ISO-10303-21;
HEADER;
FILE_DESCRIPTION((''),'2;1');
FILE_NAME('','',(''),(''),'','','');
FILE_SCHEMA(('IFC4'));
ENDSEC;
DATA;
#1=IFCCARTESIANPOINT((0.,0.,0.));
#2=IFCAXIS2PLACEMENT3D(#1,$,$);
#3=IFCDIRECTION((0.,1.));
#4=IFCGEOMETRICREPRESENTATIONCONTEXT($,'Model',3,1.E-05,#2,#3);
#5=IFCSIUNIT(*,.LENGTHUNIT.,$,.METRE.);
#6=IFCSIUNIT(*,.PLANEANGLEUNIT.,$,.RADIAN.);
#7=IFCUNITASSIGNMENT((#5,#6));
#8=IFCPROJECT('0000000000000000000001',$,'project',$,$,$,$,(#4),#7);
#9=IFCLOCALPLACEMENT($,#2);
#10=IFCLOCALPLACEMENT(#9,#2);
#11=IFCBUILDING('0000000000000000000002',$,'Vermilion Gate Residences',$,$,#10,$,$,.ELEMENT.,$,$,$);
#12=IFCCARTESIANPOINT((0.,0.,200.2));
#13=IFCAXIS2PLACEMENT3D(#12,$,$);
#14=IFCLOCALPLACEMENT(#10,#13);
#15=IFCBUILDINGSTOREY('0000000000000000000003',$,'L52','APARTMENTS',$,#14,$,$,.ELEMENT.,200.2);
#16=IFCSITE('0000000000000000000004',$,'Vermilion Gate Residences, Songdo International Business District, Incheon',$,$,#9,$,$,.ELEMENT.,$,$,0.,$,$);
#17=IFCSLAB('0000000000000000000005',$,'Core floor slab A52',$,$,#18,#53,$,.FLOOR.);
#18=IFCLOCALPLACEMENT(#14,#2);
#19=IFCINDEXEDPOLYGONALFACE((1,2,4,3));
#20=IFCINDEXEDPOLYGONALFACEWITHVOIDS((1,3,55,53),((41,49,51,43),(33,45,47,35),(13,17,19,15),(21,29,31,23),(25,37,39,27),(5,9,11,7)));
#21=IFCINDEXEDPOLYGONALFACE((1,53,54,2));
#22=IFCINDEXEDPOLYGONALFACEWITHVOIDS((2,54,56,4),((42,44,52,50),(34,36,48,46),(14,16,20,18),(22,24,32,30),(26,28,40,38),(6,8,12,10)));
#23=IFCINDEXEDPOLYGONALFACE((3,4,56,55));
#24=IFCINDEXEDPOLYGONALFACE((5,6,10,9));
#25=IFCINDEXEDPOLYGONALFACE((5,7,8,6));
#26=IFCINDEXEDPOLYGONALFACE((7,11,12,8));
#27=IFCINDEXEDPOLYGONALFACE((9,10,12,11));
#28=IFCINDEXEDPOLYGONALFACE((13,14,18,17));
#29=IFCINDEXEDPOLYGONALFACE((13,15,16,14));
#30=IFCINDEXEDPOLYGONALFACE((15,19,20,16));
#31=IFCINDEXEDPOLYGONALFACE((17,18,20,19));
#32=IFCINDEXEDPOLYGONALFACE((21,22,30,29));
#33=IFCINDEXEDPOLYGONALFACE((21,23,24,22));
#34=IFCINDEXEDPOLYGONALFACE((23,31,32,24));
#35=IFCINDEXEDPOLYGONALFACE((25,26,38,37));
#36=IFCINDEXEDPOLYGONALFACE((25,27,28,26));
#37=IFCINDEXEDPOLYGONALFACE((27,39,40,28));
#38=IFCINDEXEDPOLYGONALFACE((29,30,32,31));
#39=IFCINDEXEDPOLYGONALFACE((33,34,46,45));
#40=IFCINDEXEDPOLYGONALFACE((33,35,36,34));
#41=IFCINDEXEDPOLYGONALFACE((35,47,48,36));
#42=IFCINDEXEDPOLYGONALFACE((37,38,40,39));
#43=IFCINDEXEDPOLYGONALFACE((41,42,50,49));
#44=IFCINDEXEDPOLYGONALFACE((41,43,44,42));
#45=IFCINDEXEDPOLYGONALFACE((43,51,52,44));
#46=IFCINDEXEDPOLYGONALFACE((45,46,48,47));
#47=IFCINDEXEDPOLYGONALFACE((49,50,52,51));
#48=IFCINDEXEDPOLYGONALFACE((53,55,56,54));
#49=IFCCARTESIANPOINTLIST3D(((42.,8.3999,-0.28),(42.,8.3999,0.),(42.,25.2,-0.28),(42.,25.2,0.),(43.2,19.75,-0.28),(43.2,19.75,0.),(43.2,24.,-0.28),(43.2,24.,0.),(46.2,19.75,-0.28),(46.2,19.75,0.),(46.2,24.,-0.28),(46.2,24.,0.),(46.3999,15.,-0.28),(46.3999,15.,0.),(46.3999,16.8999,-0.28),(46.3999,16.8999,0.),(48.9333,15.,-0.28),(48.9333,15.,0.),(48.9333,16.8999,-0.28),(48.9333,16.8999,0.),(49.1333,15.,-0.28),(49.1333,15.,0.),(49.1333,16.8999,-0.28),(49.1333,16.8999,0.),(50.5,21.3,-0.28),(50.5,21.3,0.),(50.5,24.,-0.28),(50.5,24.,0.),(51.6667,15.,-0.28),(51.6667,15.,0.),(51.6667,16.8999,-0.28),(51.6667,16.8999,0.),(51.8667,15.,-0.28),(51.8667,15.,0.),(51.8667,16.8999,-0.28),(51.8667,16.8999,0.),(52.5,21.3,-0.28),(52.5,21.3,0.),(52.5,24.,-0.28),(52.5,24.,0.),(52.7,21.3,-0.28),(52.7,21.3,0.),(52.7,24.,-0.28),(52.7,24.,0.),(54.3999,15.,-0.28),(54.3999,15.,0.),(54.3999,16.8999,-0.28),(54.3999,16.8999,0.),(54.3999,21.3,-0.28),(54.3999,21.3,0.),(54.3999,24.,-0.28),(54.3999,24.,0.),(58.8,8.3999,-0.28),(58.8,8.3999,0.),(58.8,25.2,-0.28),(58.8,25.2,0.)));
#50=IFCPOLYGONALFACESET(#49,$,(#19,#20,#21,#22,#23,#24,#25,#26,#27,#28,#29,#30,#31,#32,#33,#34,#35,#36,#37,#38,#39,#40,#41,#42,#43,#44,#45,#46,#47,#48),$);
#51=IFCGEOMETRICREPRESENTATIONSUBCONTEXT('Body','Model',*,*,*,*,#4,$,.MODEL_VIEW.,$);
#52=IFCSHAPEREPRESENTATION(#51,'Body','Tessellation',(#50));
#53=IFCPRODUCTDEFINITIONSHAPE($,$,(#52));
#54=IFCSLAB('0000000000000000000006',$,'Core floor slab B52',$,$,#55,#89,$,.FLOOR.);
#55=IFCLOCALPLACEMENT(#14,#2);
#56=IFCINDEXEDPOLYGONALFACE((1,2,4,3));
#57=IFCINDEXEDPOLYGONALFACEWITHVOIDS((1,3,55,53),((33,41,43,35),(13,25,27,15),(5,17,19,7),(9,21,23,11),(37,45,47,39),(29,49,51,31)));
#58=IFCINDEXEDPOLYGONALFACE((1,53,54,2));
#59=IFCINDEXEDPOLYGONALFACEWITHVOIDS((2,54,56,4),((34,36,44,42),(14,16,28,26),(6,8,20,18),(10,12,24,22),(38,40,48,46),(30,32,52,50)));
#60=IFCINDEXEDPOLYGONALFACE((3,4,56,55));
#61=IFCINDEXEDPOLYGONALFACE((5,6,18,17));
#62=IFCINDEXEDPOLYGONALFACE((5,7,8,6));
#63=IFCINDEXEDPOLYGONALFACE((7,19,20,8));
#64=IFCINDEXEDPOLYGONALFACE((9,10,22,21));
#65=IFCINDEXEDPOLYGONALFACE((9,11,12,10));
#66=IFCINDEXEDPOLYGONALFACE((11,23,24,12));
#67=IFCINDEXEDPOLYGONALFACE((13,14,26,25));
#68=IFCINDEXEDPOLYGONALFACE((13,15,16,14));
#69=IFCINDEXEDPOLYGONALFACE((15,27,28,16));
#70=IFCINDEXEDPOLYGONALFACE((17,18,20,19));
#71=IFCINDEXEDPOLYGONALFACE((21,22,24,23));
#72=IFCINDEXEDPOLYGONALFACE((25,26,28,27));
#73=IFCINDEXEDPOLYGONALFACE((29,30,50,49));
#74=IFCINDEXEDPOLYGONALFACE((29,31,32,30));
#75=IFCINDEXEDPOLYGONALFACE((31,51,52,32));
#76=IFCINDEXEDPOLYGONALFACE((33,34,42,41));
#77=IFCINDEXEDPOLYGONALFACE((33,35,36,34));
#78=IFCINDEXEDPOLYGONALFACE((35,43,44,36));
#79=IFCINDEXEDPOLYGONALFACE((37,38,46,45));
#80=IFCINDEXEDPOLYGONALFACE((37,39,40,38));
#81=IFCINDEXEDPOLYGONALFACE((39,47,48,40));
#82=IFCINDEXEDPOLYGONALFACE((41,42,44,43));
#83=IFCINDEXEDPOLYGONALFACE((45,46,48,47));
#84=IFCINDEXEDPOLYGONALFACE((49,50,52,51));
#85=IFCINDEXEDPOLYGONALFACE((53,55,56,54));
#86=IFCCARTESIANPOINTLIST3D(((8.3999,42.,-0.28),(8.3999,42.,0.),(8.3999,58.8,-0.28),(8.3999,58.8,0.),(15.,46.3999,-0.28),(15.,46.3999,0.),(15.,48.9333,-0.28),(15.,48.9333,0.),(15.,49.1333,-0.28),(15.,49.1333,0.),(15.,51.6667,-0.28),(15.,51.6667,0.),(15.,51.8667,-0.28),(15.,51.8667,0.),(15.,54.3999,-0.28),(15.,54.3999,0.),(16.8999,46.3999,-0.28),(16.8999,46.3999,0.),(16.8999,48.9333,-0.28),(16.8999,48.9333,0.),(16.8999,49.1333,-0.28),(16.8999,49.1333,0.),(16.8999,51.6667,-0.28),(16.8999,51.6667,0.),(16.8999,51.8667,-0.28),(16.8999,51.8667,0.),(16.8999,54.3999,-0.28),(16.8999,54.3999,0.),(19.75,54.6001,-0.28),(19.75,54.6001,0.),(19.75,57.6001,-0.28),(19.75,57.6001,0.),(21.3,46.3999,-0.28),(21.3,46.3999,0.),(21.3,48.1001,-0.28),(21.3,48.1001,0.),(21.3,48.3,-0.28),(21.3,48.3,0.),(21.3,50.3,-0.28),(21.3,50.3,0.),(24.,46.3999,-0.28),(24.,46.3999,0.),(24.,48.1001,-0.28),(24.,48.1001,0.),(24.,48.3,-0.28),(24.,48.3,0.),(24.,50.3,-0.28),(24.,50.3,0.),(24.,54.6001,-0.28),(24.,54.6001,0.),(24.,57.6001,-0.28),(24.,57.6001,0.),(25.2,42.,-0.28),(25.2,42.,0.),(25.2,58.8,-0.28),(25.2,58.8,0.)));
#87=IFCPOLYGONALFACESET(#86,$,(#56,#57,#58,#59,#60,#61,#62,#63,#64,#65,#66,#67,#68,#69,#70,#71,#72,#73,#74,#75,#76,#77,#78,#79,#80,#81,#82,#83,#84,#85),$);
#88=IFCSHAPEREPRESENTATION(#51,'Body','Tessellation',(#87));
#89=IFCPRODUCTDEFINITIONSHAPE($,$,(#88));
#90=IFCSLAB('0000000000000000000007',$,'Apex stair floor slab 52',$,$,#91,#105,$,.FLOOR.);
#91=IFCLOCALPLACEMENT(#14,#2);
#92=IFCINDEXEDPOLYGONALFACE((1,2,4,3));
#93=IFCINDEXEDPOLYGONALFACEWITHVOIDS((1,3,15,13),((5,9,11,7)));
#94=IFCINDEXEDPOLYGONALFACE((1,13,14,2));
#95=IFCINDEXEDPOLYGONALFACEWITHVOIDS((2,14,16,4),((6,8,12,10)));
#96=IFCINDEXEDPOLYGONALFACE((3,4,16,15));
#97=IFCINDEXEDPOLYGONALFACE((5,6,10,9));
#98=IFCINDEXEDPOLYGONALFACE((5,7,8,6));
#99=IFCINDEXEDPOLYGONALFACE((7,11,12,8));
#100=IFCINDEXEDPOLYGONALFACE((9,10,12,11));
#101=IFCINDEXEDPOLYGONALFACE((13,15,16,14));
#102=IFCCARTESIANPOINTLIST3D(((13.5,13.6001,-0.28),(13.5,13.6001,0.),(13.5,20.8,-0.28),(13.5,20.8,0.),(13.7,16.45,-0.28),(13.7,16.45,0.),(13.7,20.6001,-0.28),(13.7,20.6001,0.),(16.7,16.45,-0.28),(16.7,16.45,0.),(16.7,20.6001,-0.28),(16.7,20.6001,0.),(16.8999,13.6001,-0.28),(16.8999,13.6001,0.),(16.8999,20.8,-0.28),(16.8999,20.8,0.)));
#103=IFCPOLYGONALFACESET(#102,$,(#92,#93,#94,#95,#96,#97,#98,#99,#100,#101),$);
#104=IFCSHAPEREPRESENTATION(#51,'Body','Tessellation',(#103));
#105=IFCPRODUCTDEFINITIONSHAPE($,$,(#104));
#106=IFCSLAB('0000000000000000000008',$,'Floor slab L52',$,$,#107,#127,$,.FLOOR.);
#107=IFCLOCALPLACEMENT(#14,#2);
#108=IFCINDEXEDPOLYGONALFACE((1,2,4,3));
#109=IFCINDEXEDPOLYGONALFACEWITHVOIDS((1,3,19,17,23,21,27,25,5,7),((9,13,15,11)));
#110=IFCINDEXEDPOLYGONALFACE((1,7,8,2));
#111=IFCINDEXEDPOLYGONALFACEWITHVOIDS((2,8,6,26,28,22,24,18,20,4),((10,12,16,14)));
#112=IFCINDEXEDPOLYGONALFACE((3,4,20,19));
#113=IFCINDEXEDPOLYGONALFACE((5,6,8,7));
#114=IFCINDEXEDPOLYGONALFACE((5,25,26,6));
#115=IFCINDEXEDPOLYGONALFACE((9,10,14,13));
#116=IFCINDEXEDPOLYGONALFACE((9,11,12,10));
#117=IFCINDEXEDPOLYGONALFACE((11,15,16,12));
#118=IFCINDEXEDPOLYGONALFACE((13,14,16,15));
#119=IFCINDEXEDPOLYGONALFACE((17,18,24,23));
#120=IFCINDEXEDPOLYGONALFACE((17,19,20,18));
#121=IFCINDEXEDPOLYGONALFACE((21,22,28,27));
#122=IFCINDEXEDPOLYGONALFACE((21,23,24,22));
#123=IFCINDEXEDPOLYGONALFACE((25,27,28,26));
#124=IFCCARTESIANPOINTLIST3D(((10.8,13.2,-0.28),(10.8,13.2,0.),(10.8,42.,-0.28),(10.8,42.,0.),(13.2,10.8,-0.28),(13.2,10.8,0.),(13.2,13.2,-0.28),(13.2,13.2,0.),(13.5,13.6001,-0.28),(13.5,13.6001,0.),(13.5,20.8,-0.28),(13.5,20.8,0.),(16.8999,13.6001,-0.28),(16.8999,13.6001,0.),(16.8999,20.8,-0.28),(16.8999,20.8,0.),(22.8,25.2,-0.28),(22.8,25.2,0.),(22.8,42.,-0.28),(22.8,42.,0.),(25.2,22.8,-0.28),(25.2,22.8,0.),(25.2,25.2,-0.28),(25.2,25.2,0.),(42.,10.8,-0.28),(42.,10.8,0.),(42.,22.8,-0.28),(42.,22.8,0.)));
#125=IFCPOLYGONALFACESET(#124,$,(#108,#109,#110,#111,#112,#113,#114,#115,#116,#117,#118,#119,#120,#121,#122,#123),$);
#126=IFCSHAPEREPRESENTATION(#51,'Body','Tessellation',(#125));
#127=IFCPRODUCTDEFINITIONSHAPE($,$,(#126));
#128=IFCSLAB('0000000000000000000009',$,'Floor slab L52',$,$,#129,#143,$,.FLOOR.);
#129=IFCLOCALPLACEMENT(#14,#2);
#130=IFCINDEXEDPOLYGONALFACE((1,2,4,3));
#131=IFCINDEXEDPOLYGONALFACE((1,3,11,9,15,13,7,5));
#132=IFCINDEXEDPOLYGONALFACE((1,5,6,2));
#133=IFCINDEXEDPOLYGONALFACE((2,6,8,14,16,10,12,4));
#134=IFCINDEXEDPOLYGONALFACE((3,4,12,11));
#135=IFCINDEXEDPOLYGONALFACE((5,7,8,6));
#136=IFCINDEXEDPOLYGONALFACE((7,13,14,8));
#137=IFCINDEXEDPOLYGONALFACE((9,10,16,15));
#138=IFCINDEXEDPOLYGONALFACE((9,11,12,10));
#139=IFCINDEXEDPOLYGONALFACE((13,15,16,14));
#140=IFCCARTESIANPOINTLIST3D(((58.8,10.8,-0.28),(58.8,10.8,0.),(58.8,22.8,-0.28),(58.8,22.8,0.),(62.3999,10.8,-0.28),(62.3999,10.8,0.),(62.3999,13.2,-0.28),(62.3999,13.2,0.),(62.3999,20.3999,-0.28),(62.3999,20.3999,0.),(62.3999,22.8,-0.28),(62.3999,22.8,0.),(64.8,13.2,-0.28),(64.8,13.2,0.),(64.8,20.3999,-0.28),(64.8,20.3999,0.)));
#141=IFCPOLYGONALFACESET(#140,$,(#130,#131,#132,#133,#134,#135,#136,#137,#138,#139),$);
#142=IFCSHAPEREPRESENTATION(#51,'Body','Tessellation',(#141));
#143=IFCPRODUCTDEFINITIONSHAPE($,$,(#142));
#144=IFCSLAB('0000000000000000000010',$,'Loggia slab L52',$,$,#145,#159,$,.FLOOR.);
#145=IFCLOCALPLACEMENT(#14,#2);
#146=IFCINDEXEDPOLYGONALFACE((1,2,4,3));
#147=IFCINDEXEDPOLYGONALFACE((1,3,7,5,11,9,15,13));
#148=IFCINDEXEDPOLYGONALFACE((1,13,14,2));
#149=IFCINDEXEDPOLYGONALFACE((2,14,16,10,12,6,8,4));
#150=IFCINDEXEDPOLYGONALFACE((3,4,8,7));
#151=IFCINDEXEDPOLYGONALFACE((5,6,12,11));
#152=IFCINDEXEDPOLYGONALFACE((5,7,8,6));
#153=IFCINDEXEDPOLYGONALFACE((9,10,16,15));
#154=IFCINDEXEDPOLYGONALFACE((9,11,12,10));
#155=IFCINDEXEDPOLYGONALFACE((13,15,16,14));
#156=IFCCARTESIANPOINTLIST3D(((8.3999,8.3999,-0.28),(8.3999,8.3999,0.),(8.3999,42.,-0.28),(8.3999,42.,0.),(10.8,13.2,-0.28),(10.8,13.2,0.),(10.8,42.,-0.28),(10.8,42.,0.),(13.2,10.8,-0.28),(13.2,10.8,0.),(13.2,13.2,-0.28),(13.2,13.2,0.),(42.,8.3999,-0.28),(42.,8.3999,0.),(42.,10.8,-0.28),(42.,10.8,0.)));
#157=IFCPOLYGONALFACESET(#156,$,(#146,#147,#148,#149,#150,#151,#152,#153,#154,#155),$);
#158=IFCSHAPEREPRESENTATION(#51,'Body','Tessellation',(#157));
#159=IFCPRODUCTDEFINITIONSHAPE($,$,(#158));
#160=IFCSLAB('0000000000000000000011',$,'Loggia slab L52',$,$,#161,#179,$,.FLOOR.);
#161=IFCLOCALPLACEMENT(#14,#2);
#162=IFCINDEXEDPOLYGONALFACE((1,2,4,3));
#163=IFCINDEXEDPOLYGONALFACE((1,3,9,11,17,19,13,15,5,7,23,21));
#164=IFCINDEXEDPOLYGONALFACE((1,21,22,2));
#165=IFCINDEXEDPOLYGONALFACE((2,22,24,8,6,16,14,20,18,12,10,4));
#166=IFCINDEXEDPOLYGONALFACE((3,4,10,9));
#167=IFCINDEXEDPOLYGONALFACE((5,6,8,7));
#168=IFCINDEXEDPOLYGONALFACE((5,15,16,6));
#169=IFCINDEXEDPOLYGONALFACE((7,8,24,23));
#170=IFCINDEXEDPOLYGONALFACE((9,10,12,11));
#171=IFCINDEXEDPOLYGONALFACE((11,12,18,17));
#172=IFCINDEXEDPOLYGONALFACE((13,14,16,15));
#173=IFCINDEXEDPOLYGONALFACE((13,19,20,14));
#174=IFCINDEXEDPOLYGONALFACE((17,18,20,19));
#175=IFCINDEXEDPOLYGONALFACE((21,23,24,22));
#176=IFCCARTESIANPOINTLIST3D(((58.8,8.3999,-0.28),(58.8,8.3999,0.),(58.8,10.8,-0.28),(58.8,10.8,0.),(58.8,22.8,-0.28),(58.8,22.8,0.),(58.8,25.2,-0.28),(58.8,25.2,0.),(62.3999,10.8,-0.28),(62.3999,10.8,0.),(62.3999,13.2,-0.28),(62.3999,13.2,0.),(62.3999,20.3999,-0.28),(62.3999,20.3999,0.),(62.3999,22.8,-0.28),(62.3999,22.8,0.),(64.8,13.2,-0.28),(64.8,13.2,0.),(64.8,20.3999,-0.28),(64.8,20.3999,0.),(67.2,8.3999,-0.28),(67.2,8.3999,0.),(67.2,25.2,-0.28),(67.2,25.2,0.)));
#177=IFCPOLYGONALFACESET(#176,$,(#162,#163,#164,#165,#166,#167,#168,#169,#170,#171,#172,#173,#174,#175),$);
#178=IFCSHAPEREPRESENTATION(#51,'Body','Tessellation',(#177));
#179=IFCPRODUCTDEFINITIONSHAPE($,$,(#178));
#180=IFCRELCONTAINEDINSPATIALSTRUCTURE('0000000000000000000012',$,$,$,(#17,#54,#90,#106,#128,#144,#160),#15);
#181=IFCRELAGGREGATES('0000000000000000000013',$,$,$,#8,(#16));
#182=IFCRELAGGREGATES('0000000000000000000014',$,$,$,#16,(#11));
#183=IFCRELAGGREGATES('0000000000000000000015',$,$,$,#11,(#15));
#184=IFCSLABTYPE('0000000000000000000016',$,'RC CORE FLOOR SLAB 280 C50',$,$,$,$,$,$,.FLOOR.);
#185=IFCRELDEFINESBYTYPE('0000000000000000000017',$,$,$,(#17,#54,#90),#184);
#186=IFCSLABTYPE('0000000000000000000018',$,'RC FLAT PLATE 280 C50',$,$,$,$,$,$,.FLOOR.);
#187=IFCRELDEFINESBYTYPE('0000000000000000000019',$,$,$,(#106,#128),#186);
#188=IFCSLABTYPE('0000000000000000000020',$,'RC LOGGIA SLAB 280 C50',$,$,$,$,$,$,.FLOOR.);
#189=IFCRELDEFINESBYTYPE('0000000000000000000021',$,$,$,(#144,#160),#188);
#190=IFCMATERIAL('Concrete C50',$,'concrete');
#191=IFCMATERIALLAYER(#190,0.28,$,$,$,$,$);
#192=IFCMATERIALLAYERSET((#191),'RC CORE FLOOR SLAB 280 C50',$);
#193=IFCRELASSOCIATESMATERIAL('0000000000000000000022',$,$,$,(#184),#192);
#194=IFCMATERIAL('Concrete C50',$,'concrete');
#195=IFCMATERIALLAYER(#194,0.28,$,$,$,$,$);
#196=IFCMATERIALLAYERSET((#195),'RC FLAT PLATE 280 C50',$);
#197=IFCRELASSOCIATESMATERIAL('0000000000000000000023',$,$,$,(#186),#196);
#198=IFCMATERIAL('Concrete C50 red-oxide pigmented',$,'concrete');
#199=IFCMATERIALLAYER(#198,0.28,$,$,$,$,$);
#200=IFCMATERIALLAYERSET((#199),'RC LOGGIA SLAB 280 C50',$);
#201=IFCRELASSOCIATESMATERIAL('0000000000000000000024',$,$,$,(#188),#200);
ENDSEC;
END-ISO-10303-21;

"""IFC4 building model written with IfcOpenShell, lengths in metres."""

from ifc_helpers import new_model, si_unit, direction, frame, origin, place, context, subcontext, project, spatial, polyline, outline, extrude, material, layer, layer_set, type_object, element, save


model = new_model("IFC4")

# Units and contexts
model_context = context("Model", 3, precision=1e-05, world=origin(), true_north=direction((0.0, 1.0)))
body_context = subcontext(model_context, "Body", "Model", "MODEL_VIEW")
ifc_project = project(units=[si_unit("LENGTHUNIT", "METRE"), si_unit("PLANEANGLEUNIT", "RADIAN")], contexts=[model_context])

# Site, building, storey
site_placement = place(None, origin())
site = spatial("IfcSite", under=ifc_project, at=site_placement, Name="Vermilion Gate Residences, Songdo International Business District, Incheon", CompositionType="ELEMENT", RefElevation=0.0)
building_placement = place(site_placement, origin())
building = spatial("IfcBuilding", under=site, at=building_placement, Name="Vermilion Gate Residences", CompositionType="ELEMENT")
storey_placement = place(building_placement, frame((0.0, 0.0, 200.2)))
storey = spatial("IfcBuildingStorey", under=building, at=storey_placement, Name="L52", Description="APARTMENTS", CompositionType="ELEMENT", Elevation=200.2)

# Slabs
ifc_material_1 = material(Name="Concrete C50", Category="concrete")
ifc_layer_1 = layer(ifc_material_1, 0.28)
ifc_layer_set_1 = layer_set([ifc_layer_1], Name="RC CORE FLOOR SLAB 280 C50")
slab_type_1 = type_object("IfcSlabType", Name="RC CORE FLOOR SLAB 280 C50", PredefinedType="FLOOR", material=ifc_layer_set_1)
slab_1_placement = place(storey_placement, frame((0.0, 0.0, -0.28)))
element("IfcSlab", 1, at=slab_1_placement, inside=storey, type_object=slab_type_1, Name="Core floor slab A52", PredefinedType="FLOOR", context=body_context, shape_type="SweptSolid", body=[
    extrude(outline(polyline([(42.0, 8.3999), (58.8, 8.3999), (58.8, 25.2), (42.0, 25.2), (42.0, 8.3999)]), holes=[polyline([(46.3999, 15.0), (46.3999, 16.8999), (48.9333, 16.8999), (48.9333, 15.0), (46.3999, 15.0)]), polyline([(49.1333, 16.8999), (51.6667, 16.8999), (51.6667, 15.0), (49.1333, 15.0), (49.1333, 16.8999)]), polyline([(51.8667, 16.8999), (54.3999, 16.8999), (54.3999, 15.0), (51.8667, 15.0), (51.8667, 16.8999)]), polyline([(43.2, 19.75), (43.2, 24.0), (46.2, 24.0), (46.2, 19.75), (43.2, 19.75)]), polyline([(50.5, 24.0), (52.5, 24.0), (52.5, 21.3), (50.5, 21.3), (50.5, 24.0)]), polyline([(52.7, 24.0), (54.3999, 24.0), (54.3999, 21.3), (52.7, 21.3), (52.7, 24.0)])]), origin(), (0.0, 0.0, 1.0), 0.28),
])
slab_2_placement = place(storey_placement, frame((0.0, 0.0, -0.28)))
element("IfcSlab", 2, at=slab_2_placement, inside=storey, type_object=slab_type_1, Name="Core floor slab B52", PredefinedType="FLOOR", context=body_context, shape_type="SweptSolid", body=[
    extrude(outline(polyline([(8.3999, 42.0), (25.2, 42.0), (25.2, 58.8), (8.3999, 58.8), (8.3999, 42.0)]), holes=[polyline([(21.3, 46.3999), (21.3, 48.1001), (24.0, 48.1001), (24.0, 46.3999), (21.3, 46.3999)]), polyline([(15.0, 48.9333), (16.8999, 48.9333), (16.8999, 46.3999), (15.0, 46.3999), (15.0, 48.9333)]), polyline([(21.3, 50.3), (24.0, 50.3), (24.0, 48.3), (21.3, 48.3), (21.3, 50.3)]), polyline([(15.0, 49.1333), (15.0, 51.6667), (16.8999, 51.6667), (16.8999, 49.1333), (15.0, 49.1333)]), polyline([(15.0, 54.3999), (16.8999, 54.3999), (16.8999, 51.8667), (15.0, 51.8667), (15.0, 54.3999)]), polyline([(19.75, 57.6001), (24.0, 57.6001), (24.0, 54.6001), (19.75, 54.6001), (19.75, 57.6001)])]), origin(), (0.0, 0.0, 1.0), 0.28),
])
slab_3_placement = place(storey_placement, frame((0.0, 0.0, -0.28)))
element("IfcSlab", 3, at=slab_3_placement, inside=storey, type_object=slab_type_1, Name="Apex stair floor slab 52", PredefinedType="FLOOR", context=body_context, shape_type="SweptSolid", body=[
    extrude(outline(polyline([(13.5, 13.6001), (16.8999, 13.6001), (16.8999, 20.8), (13.5, 20.8), (13.5, 13.6001)]), holes=[polyline([(16.7, 20.6001), (16.7, 16.45), (13.7, 16.45), (13.7, 20.6001), (16.7, 20.6001)])]), origin(), (0.0, 0.0, 1.0), 0.28),
])
ifc_material_2 = material(Name="Concrete C50", Category="concrete")
ifc_layer_2 = layer(ifc_material_2, 0.28)
ifc_layer_set_2 = layer_set([ifc_layer_2], Name="RC FLAT PLATE 280 C50")
slab_type_2 = type_object("IfcSlabType", Name="RC FLAT PLATE 280 C50", PredefinedType="FLOOR", material=ifc_layer_set_2)
slab_4_placement = place(storey_placement, frame((0.0, 0.0, -0.28)))
element("IfcSlab", 4, at=slab_4_placement, inside=storey, type_object=slab_type_2, Name="Floor slab L52", PredefinedType="FLOOR", context=body_context, shape_type="SweptSolid", body=[
    extrude(outline(polyline([(22.8, 25.2), (22.8, 42.0), (10.8, 42.0), (10.8, 13.2), (13.2, 13.2), (13.2, 10.8), (42.0, 10.8), (42.0, 22.8), (25.2, 22.8), (25.2, 25.2), (22.8, 25.2)]), holes=[polyline([(13.5, 13.6001), (13.5, 20.8), (16.8999, 20.8), (16.8999, 13.6001), (13.5, 13.6001)])]), origin(), (0.0, 0.0, 1.0), 0.28),
])
slab_5_placement = place(storey_placement, frame((0.0, 0.0, -0.28)))
element("IfcSlab", 5, at=slab_5_placement, inside=storey, type_object=slab_type_2, Name="Floor slab L52", PredefinedType="FLOOR", context=body_context, shape_type="SweptSolid", body=[
    extrude(outline(polyline([(58.8, 22.8), (58.8, 10.8), (62.3999, 10.8), (62.3999, 13.2), (64.8, 13.2), (64.8, 20.3999), (62.3999, 20.3999), (62.3999, 22.8), (58.8, 22.8)])), origin(), (0.0, 0.0, 1.0), 0.28),
])
ifc_material_3 = material(Name="Concrete C50 red-oxide pigmented", Category="concrete")
ifc_layer_3 = layer(ifc_material_3, 0.28)
ifc_layer_set_3 = layer_set([ifc_layer_3], Name="RC LOGGIA SLAB 280 C50")
slab_type_3 = type_object("IfcSlabType", Name="RC LOGGIA SLAB 280 C50", PredefinedType="FLOOR", material=ifc_layer_set_3)
slab_6_placement = place(storey_placement, frame((0.0, 0.0, -0.28)))
element("IfcSlab", 6, at=slab_6_placement, inside=storey, type_object=slab_type_3, Name="Loggia slab L52", PredefinedType="FLOOR", context=body_context, shape_type="SweptSolid", body=[
    extrude(outline(polyline([(8.3999, 42.0), (8.3999, 8.3999), (42.0, 8.3999), (42.0, 10.8), (13.2, 10.8), (13.2, 13.2), (10.8, 13.2), (10.8, 42.0), (8.3999, 42.0)])), origin(), (0.0, 0.0, 1.0), 0.28),
])
slab_7_placement = place(storey_placement, frame((0.0, 0.0, -0.28)))
element("IfcSlab", 7, at=slab_7_placement, inside=storey, type_object=slab_type_3, Name="Loggia slab L52", PredefinedType="FLOOR", context=body_context, shape_type="SweptSolid", body=[
    extrude(outline(polyline([(64.8, 13.2), (62.3999, 13.2), (62.3999, 10.8), (58.8, 10.8), (58.8, 8.3999), (67.2, 8.3999), (67.2, 25.2), (58.8, 25.2), (58.8, 22.8), (62.3999, 22.8), (62.3999, 20.3999), (64.8, 20.3999), (64.8, 13.2)])), origin(), (0.0, 0.0, 1.0), 0.28),
])

save(model, "model.ifc")
